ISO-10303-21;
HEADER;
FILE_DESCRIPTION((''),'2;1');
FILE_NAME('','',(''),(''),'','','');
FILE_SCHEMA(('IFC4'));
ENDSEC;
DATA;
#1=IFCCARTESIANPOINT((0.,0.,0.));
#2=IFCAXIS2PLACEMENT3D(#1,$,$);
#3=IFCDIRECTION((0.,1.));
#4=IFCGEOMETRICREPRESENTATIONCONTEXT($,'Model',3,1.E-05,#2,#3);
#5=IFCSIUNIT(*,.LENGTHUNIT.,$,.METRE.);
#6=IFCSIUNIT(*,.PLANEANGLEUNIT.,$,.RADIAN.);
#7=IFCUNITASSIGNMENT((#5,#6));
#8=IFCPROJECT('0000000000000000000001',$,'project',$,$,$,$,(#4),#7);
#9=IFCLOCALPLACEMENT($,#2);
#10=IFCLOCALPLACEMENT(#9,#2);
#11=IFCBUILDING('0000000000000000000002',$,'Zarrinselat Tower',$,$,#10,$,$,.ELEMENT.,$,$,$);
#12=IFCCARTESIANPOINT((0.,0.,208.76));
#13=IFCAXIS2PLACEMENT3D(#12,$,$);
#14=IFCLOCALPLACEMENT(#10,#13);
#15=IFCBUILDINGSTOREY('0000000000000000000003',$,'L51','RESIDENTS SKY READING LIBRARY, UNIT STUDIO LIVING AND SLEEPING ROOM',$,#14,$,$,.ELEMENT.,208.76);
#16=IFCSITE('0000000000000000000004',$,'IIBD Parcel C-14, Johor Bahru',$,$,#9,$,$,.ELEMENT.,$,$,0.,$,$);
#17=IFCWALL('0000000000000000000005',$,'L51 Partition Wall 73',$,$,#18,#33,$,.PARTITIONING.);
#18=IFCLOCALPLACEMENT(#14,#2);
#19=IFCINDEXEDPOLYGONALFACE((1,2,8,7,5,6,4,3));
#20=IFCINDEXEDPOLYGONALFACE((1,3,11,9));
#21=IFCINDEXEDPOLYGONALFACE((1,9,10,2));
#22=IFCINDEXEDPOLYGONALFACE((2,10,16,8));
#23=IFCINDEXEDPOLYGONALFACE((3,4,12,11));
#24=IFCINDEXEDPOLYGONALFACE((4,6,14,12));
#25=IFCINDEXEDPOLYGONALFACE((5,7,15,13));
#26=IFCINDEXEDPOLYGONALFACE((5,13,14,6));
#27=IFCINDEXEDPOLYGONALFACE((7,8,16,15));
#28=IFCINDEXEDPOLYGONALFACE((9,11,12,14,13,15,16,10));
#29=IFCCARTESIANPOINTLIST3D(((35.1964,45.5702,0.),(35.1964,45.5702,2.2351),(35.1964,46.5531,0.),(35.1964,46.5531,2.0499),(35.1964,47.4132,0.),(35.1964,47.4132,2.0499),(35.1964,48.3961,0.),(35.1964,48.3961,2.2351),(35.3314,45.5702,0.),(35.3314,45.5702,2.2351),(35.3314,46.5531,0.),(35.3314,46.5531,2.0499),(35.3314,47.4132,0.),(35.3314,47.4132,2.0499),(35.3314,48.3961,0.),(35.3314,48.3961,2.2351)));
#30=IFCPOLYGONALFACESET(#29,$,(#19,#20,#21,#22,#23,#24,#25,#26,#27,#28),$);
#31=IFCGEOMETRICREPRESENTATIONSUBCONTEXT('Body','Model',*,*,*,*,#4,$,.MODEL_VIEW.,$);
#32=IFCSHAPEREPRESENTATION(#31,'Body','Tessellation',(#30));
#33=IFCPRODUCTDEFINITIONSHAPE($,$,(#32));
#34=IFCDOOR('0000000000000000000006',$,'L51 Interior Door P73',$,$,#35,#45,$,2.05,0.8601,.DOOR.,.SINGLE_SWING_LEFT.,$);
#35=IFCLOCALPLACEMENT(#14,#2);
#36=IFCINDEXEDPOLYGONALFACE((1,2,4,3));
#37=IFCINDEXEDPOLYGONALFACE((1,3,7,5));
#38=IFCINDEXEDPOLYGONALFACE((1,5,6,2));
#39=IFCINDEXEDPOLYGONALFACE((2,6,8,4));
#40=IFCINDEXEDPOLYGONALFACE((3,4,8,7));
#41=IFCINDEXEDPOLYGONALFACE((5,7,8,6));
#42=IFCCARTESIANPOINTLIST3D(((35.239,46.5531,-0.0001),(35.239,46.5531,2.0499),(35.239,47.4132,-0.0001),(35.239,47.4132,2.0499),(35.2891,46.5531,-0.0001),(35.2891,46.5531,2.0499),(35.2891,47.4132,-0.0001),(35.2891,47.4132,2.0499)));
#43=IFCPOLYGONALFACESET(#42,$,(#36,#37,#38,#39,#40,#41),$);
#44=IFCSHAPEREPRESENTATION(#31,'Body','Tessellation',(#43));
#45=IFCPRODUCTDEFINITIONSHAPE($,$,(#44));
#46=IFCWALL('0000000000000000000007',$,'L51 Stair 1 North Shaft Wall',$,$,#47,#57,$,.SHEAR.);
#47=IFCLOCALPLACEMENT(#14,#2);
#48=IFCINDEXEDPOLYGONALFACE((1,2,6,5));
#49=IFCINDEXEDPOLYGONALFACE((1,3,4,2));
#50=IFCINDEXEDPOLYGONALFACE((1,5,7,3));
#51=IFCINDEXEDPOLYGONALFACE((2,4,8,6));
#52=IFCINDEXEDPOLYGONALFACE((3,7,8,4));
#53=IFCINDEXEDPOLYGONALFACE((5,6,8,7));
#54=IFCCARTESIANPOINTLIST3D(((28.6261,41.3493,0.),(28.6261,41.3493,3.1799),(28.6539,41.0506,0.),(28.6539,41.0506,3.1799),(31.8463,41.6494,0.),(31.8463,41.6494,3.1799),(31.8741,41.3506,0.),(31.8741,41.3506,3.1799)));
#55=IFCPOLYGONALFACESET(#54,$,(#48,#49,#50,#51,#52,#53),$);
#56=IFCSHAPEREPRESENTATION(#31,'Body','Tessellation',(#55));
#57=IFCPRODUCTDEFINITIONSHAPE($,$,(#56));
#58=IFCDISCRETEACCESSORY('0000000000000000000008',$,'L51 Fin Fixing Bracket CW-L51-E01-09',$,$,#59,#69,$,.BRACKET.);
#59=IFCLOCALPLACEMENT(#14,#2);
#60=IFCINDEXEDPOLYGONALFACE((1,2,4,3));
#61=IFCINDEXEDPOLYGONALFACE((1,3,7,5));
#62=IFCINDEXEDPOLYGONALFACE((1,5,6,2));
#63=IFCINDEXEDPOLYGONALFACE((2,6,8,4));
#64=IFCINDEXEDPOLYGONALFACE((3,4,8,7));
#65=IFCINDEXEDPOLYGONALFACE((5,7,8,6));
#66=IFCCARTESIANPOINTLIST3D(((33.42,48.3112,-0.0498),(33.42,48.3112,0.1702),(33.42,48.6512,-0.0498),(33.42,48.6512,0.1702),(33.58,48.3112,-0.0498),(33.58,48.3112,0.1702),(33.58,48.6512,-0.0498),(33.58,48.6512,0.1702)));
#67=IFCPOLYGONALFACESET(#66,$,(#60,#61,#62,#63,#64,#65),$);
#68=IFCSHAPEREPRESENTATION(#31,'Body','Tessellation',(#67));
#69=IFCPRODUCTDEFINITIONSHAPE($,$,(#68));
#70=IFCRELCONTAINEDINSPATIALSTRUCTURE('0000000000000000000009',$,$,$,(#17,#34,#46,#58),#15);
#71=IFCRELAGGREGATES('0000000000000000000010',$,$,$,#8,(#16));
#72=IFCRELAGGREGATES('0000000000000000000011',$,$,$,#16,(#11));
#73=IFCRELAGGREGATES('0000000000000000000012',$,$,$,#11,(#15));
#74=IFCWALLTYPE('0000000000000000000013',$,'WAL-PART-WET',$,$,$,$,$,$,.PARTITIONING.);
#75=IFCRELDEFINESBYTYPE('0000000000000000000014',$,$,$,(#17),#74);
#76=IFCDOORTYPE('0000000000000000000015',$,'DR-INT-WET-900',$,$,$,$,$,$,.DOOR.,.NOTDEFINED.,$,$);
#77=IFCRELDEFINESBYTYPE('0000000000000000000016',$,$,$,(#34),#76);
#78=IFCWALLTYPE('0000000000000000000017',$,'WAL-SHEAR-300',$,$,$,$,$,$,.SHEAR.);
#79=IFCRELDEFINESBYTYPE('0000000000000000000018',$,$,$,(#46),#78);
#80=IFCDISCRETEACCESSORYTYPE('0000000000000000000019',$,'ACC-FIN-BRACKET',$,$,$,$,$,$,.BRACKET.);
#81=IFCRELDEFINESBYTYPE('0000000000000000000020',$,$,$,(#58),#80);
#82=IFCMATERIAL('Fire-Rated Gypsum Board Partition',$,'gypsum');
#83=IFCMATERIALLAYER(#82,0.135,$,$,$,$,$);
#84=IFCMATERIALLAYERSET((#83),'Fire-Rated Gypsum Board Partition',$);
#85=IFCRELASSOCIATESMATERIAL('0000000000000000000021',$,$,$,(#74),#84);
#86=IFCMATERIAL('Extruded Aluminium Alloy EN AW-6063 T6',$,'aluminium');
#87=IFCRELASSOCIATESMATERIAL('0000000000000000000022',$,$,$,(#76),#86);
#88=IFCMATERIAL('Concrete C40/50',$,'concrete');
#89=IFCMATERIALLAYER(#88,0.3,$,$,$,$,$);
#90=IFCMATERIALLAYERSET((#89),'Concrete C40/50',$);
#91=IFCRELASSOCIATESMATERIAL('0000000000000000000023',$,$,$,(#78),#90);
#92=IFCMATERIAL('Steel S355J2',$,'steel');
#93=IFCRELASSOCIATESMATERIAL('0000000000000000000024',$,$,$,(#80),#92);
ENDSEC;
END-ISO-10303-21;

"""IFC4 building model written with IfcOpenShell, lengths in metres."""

from ifc_helpers import new_model, si_unit, direction, frame, frame_2d, origin, origin_2d, place, context, subcontext, project, spatial, rectangle, extrude, material, layer, layer_set, type_object, element, fill, save


model = new_model("IFC4")

# Units and contexts
model_context = context("Model", 3, precision=1e-05, world=origin(), true_north=direction((0.0, 1.0)))
body_context = subcontext(model_context, "Body", "Model", "MODEL_VIEW")
ifc_project = project(units=[si_unit("LENGTHUNIT", "METRE"), si_unit("PLANEANGLEUNIT", "RADIAN")], contexts=[model_context])

# Site, building, storey
site_placement = place(None, origin())
site = spatial("IfcSite", under=ifc_project, at=site_placement, Name="IIBD Parcel C-14, Johor Bahru", CompositionType="ELEMENT", RefElevation=0.0)
building_placement = place(site_placement, origin())
building = spatial("IfcBuilding", under=site, at=building_placement, Name="Zarrinselat Tower", CompositionType="ELEMENT")
storey_placement = place(building_placement, frame((0.0, 0.0, 208.76)))
storey = spatial("IfcBuildingStorey", under=building, at=storey_placement, Name="L51", Description="RESIDENTS SKY READING LIBRARY, UNIT STUDIO LIVING AND SLEEPING ROOM", CompositionType="ELEMENT", Elevation=208.76)

# Wall, opening, door
ifc_material_1 = material(Name="Fire-Rated Gypsum Board Partition", Category="gypsum")
ifc_layer_1 = layer(ifc_material_1, 0.135)
ifc_layer_set_1 = layer_set([ifc_layer_1], Name="Fire-Rated Gypsum Board Partition")
wall_type_1 = type_object("IfcWallType", Name="WAL-PART-WET", PredefinedType="PARTITIONING", material=ifc_layer_set_1)
wall_1_placement = place(storey_placement, frame((35.2639, 45.5701, 0.0), z_axis=(0.0, 0.0, 1.0), x_axis=(0.0, 1.0, 0.0)))
wall_1 = element("IfcWall", 1, at=wall_1_placement, inside=storey, type_object=wall_type_1, Name="L51 Partition Wall 73", PredefinedType="PARTITIONING", context=body_context, shape_type="SweptSolid", body=[
    extrude(rectangle(XDim=2.8259, YDim=0.135, at=frame_2d((1.4131, 0.0))), origin(), (0.0, 0.0, 1.0), 2.2351),
])
opening_1_placement = place(wall_1_placement, frame((0.9829, 0.0, 0.0)))
opening_1 = element("IfcOpeningElement", 2, at=opening_1_placement, cuts=wall_1, PredefinedType="OPENING", context=body_context, shape_type="SweptSolid", body=[
    extrude(rectangle(XDim=0.8601, YDim=2.05, at=frame_2d((0.4302, 1.0249))), frame((0.0, 0.0774, 0.0), z_axis=(0.0, -1.0, 0.0), x_axis=(1.0, 0.0, 0.0)), (0.0, 0.0, 1.0), 0.155),
])
ifc_material_2 = material(Name="Extruded Aluminium Alloy EN AW-6063 T6", Category="aluminium")
door_type_1 = type_object("IfcDoorType", Name="DR-INT-WET-900", OperationType="NOTDEFINED", PredefinedType="DOOR", material=ifc_material_2)
door_1_placement = place(opening_1_placement, origin())
door_1 = element("IfcDoor", 3, at=door_1_placement, inside=storey, type_object=door_type_1, Name="L51 Interior Door P73", OperationType="SINGLE_SWING_LEFT", OverallHeight=2.05, OverallWidth=0.8601, PredefinedType="DOOR", context=body_context, shape_type="SweptSolid", body=[
    extrude(rectangle(XDim=0.8601, YDim=2.05, at=frame_2d((0.4302, 1.0249))), frame((0.0, 0.0249, 0.0), z_axis=(0.0, -1.0, 0.0), x_axis=(1.0, 0.0, 0.0)), (0.0, 0.0, 1.0), 0.05),
])
fill(opening_1, door_1)

# Wall
ifc_material_3 = material(Name="Concrete C40/50", Category="concrete")
ifc_layer_2 = layer(ifc_material_3, 0.3)
ifc_layer_set_2 = layer_set([ifc_layer_2], Name="Concrete C40/50")
wall_type_2 = type_object("IfcWallType", Name="WAL-SHEAR-300", PredefinedType="SHEAR", material=ifc_layer_set_2)
wall_2_placement = place(storey_placement, frame((28.6399, 41.2, 0.0), z_axis=(0.0, 0.0, 1.0), x_axis=(0.995687, 0.092775, 0.0)))
element("IfcWall", 4, at=wall_2_placement, inside=storey, type_object=wall_type_2, Name="L51 Stair 1 North Shaft Wall", PredefinedType="SHEAR", context=body_context, shape_type="SweptSolid", body=[
    extrude(rectangle(XDim=3.2341, YDim=0.3, at=frame_2d((1.6172, 0.0))), origin(), (0.0, 0.0, 1.0), 3.1799),
])

# Discrete accessory
ifc_material_4 = material(Name="Steel S355J2", Category="steel")
discrete_accessory_type = type_object("IfcDiscreteAccessoryType", Name="ACC-FIN-BRACKET", PredefinedType="BRACKET", material=ifc_material_4)
discrete_accessory_placement = place(storey_placement, frame((33.5, 48.4812, -0.0498), z_axis=(0.0, 0.0, 1.0), x_axis=(0.0, 1.0, 0.0)))
element("IfcDiscreteAccessory", 5, at=discrete_accessory_placement, inside=storey, type_object=discrete_accessory_type, Name="L51 Fin Fixing Bracket CW-L51-E01-09", PredefinedType="BRACKET", context=body_context, shape_type="SweptSolid", body=[
    extrude(rectangle(XDim=0.3401, YDim=0.1599, at=origin_2d()), origin(), (0.0, 0.0, 1.0), 0.22),
])

save(model, "model.ifc")
